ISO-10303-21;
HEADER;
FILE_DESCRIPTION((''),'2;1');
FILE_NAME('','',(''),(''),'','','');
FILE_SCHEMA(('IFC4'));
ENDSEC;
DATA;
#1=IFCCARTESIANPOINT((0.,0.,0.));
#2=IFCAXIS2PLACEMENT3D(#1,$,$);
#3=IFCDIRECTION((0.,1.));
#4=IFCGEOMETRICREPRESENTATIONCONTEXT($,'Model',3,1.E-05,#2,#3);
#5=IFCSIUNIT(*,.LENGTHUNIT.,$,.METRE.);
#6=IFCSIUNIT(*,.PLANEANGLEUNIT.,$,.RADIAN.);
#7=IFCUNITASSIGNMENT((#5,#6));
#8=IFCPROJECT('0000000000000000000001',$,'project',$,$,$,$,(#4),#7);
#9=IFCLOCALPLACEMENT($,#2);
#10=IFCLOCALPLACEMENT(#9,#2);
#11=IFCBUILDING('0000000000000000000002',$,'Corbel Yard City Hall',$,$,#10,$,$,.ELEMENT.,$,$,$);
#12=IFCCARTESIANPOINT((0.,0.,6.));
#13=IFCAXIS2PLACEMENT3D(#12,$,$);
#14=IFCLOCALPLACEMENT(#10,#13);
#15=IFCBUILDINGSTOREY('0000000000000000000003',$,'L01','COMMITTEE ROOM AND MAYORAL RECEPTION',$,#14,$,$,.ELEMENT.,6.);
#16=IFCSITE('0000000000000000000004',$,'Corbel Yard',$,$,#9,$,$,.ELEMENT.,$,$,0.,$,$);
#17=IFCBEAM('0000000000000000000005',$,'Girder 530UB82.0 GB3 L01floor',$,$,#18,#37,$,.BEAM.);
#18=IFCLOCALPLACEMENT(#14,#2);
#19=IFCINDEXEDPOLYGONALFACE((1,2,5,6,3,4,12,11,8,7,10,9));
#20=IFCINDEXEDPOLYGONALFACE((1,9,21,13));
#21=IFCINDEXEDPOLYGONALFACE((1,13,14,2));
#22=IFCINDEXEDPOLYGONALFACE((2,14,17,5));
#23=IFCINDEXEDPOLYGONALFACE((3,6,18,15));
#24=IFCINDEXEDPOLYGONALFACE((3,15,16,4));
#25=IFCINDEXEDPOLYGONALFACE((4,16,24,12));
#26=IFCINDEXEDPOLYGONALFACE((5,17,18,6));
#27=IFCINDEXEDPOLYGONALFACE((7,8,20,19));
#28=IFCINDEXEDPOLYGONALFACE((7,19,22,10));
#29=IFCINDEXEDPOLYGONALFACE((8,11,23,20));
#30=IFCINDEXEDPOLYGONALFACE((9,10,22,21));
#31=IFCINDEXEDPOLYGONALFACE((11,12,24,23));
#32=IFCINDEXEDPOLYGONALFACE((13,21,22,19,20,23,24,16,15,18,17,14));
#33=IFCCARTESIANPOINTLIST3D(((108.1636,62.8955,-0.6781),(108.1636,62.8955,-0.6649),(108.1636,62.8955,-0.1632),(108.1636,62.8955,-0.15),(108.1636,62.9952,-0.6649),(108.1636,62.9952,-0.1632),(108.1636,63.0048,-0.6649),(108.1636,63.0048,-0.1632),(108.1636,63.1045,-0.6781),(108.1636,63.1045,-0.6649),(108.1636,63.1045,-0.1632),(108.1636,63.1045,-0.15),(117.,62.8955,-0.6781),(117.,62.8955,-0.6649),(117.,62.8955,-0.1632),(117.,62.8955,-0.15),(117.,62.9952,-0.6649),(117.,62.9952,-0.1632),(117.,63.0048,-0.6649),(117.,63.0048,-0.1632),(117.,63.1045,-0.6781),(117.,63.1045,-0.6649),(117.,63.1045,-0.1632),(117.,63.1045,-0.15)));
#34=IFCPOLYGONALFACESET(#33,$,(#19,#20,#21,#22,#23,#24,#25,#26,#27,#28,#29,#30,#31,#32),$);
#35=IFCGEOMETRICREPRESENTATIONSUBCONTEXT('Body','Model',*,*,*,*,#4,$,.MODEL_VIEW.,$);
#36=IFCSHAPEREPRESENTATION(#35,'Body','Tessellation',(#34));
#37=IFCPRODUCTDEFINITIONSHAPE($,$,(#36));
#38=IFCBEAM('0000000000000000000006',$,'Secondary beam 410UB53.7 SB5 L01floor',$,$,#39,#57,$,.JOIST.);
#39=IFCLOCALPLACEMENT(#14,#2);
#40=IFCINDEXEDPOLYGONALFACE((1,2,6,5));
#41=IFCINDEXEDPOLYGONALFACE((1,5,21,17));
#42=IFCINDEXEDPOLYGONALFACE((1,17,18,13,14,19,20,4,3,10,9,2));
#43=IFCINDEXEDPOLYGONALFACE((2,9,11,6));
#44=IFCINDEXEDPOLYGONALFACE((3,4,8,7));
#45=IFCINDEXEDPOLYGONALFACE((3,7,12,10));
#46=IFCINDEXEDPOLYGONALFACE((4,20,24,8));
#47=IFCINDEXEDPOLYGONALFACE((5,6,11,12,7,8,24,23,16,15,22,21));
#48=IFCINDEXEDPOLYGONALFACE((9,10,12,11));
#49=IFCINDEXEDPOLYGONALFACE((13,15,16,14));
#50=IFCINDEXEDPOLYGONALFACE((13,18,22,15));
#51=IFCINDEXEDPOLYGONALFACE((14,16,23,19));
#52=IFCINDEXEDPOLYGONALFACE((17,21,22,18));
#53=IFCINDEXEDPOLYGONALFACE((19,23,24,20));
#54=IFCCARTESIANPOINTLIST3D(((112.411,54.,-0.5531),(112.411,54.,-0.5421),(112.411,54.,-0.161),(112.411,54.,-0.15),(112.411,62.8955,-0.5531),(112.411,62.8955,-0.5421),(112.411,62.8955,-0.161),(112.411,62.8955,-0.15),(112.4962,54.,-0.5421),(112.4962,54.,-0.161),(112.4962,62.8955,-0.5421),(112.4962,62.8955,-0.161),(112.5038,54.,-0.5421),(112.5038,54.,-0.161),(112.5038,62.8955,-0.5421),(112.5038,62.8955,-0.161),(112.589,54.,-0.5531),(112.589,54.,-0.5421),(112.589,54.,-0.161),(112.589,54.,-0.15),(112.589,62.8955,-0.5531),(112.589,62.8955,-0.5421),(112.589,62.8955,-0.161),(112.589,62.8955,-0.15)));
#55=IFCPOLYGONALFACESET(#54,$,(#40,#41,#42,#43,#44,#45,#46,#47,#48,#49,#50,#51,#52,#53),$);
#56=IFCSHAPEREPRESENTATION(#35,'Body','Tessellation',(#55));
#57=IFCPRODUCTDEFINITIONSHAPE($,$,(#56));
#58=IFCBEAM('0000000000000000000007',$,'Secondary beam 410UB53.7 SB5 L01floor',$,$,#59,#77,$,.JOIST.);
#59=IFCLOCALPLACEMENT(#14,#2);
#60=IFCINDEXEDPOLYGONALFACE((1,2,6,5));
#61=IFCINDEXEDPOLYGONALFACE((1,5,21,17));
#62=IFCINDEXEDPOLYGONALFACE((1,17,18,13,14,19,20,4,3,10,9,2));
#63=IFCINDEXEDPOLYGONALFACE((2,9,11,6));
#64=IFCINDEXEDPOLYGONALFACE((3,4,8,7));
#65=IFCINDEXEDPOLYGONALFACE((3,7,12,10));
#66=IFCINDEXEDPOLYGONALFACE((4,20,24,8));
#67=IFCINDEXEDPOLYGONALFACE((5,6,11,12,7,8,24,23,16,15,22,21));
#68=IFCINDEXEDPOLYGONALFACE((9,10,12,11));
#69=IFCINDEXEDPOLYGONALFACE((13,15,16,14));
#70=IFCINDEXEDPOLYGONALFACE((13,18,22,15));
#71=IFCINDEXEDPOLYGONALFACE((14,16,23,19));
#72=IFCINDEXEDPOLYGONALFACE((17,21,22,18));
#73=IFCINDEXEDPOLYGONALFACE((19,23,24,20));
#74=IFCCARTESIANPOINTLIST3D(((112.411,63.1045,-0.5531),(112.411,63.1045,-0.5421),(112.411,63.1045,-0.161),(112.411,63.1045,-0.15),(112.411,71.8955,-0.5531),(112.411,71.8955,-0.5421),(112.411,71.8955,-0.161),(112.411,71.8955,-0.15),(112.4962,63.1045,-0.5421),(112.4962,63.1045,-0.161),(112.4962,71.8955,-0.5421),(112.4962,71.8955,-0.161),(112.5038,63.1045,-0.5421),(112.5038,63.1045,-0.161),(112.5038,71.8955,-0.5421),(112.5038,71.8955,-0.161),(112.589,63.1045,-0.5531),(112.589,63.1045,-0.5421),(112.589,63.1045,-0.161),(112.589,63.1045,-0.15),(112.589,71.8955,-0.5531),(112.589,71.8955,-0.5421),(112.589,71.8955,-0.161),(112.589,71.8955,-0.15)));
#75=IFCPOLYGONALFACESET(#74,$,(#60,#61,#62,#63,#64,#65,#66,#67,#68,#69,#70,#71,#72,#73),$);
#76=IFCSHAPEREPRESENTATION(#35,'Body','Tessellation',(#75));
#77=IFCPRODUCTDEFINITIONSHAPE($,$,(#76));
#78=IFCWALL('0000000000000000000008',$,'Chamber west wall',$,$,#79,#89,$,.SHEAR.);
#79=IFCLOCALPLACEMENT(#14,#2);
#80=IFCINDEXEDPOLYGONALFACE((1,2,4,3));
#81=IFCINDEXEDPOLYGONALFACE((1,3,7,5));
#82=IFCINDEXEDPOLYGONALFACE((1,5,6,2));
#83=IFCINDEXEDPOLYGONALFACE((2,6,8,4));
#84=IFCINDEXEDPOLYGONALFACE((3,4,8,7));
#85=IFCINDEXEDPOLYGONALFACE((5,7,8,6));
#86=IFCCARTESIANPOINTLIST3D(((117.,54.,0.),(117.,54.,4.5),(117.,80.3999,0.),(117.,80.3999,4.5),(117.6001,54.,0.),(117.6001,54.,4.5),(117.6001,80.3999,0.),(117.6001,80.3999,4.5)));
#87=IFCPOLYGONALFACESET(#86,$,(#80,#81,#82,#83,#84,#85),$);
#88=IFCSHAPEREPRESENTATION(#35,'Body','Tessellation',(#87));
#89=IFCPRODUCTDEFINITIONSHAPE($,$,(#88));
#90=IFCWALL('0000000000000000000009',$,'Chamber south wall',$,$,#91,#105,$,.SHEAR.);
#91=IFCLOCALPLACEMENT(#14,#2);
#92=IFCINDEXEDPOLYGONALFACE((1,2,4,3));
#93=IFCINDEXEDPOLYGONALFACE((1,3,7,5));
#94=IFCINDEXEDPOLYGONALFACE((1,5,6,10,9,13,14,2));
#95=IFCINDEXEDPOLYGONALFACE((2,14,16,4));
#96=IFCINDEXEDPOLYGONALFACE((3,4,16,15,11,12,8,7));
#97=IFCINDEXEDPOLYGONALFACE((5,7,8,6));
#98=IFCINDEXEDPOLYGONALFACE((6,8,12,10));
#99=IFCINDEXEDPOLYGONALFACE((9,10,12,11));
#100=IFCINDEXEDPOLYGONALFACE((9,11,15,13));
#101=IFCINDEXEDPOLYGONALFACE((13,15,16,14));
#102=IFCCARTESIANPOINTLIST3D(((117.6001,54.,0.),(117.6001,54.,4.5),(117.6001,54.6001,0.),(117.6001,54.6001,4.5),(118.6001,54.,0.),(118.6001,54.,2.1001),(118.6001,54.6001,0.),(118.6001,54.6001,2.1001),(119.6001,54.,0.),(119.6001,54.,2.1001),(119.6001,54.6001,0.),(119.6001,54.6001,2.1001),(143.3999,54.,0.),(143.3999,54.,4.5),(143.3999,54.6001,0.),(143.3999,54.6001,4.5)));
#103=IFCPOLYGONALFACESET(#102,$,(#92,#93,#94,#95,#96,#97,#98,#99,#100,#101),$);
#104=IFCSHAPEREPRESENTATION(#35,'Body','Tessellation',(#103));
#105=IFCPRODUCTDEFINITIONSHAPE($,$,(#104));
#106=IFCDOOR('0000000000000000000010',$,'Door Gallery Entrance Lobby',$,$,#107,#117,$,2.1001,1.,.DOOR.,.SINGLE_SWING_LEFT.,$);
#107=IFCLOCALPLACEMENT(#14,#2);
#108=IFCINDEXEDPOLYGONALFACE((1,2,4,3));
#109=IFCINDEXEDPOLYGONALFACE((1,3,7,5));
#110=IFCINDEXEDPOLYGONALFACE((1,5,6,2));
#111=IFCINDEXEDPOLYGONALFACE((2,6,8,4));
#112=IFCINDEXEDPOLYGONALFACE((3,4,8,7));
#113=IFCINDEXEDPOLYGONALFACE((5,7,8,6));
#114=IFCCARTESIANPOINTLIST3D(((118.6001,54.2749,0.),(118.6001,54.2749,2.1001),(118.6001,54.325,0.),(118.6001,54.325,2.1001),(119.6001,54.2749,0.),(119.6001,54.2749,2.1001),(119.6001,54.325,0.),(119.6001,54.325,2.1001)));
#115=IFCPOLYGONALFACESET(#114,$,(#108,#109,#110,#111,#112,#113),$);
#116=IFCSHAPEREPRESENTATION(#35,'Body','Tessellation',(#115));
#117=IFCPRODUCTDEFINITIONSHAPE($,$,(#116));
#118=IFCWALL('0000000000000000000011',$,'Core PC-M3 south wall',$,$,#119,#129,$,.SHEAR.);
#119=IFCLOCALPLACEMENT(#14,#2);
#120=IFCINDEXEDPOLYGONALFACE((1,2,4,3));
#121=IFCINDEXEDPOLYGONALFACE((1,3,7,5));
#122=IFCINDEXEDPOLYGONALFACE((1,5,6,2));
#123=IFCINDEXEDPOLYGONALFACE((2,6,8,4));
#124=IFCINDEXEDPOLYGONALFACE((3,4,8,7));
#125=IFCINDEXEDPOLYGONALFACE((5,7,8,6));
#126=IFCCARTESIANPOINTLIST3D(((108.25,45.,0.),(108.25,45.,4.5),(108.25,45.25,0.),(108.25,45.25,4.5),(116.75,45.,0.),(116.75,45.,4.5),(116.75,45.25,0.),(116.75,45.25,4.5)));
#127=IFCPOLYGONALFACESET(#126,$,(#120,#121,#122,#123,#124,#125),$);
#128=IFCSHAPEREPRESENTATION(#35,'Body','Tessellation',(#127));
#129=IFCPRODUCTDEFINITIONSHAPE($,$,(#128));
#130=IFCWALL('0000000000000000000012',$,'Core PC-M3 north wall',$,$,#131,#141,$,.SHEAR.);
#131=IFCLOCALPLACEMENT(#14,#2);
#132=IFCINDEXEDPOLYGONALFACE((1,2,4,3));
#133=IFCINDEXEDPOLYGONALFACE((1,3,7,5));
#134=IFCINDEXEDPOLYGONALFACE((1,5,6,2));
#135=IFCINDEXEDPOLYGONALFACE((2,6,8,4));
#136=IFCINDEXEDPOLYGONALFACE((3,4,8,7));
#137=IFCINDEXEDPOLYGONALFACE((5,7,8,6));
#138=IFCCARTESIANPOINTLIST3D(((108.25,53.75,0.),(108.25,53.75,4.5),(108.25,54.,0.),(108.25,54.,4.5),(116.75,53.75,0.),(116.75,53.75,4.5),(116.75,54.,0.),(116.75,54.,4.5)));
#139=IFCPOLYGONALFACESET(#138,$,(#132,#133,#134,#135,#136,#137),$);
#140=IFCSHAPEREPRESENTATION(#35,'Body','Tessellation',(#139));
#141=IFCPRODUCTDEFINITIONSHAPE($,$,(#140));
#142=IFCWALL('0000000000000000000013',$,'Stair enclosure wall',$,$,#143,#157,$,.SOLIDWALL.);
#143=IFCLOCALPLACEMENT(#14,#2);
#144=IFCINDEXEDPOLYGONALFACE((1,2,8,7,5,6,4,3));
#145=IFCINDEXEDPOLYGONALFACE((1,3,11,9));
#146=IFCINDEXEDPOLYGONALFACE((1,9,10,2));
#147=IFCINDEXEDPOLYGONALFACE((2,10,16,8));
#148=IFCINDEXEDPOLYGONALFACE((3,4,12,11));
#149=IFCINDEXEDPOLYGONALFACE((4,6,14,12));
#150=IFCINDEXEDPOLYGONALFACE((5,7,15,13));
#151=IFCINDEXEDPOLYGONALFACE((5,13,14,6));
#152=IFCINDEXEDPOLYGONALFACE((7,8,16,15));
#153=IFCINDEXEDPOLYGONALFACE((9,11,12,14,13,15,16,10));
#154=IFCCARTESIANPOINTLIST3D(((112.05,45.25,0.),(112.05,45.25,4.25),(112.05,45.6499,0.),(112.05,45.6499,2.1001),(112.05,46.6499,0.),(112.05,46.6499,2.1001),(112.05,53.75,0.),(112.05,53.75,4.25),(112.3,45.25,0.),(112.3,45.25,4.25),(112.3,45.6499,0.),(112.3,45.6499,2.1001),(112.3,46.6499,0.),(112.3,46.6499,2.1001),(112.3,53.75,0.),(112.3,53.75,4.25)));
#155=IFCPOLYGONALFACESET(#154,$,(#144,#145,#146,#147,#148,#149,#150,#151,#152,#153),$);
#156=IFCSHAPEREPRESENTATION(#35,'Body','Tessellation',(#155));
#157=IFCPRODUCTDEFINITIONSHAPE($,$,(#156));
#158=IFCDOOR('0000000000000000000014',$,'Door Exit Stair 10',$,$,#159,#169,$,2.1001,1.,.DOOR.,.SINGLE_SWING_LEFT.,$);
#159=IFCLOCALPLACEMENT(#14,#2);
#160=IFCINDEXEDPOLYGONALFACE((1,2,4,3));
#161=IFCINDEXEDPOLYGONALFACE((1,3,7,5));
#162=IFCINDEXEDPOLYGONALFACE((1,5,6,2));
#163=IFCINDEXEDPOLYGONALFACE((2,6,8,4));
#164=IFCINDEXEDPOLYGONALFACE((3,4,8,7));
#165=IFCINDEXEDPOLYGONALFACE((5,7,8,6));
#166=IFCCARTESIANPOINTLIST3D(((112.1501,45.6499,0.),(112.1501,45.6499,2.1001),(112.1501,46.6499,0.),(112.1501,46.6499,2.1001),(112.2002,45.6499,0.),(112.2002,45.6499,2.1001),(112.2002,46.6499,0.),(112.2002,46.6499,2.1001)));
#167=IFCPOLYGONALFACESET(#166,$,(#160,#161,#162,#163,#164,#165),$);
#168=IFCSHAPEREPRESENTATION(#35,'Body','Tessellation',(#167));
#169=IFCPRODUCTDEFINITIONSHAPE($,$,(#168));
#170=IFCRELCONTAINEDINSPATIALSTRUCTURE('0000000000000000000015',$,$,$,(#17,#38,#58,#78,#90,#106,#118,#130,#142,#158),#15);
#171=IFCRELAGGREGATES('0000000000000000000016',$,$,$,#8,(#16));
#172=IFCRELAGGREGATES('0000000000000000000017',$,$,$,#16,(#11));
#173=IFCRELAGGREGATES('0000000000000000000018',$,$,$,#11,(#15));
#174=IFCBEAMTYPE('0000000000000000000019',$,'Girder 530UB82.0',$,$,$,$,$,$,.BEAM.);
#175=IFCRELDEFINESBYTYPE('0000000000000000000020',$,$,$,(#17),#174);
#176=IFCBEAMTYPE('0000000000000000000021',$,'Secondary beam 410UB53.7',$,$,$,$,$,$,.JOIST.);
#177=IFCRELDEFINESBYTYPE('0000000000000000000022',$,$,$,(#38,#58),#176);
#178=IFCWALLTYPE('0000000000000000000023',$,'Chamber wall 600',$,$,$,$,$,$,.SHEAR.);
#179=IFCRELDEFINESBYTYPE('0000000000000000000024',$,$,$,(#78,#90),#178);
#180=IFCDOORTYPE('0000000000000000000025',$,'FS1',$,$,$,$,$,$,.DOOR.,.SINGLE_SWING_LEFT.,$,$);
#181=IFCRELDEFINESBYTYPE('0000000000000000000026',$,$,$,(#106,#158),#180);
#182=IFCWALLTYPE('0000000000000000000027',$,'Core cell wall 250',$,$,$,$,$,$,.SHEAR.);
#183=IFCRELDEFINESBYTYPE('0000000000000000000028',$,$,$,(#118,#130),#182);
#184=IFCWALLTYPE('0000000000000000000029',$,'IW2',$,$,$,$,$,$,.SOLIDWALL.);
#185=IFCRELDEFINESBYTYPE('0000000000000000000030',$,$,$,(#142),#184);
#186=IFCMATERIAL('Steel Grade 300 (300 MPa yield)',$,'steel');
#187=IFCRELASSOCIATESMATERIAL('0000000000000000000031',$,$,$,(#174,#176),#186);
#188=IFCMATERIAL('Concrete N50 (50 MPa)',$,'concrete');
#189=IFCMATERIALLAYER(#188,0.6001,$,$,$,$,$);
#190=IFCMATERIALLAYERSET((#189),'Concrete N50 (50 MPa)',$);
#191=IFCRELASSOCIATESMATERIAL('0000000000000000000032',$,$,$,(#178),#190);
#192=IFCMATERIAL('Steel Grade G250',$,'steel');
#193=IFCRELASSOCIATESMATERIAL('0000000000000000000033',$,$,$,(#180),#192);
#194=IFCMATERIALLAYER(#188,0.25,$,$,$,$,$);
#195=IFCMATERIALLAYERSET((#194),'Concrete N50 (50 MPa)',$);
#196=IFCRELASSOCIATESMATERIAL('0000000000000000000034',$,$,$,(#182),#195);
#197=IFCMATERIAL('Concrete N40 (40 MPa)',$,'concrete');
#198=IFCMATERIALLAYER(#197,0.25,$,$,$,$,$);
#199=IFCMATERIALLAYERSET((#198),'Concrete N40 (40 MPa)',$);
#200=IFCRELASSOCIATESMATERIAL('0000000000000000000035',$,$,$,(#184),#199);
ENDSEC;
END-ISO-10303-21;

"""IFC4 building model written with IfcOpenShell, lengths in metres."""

from ifc_helpers import new_model, si_unit, direction, frame, frame_2d, origin, origin_2d, place, context, subcontext, project, spatial, rectangle, i_section, extrude, material, layer, layer_set, material_profile, profile_set, type_object, element, fill, save


model = new_model("IFC4")

# Units and contexts
model_context = context("Model", 3, precision=1e-05, world=origin(), true_north=direction((0.0, 1.0)))
body_context = subcontext(model_context, "Body", "Model", "MODEL_VIEW")
ifc_project = project(units=[si_unit("LENGTHUNIT", "METRE"), si_unit("PLANEANGLEUNIT", "RADIAN")], contexts=[model_context])

# Site, building, storey
site_placement = place(None, origin())
site = spatial("IfcSite", under=ifc_project, at=site_placement, Name="Corbel Yard", CompositionType="ELEMENT", RefElevation=0.0)
building_placement = place(site_placement, origin())
building = spatial("IfcBuilding", under=site, at=building_placement, Name="Corbel Yard City Hall", CompositionType="ELEMENT")
storey_placement = place(building_placement, frame((0.0, 0.0, 6.0)))
storey = spatial("IfcBuildingStorey", under=building, at=storey_placement, Name="L01", Description="COMMITTEE ROOM AND MAYORAL RECEPTION", CompositionType="ELEMENT", Elevation=6.0)

# Shared definitions
ifc_material_1 = material(Name="Concrete N50 (50 MPa)", Category="concrete")
ifc_material_2 = material(Name="Steel Grade 300 (300 MPa yield)", Category="steel")

# Beams
ifc_material_3 = material(Name="Concrete N40 (40 MPa)", Category="concrete")
ifc_material_profile_1 = material_profile(ifc_material_2, i_section(OverallWidth=0.209, OverallDepth=0.5281, WebThickness=0.0095, FlangeThickness=0.0132, at=origin_2d()), Name="530UB82.0")
ifc_profile_set_1 = profile_set([ifc_material_profile_1], Name="Steel Grade 300 (300 MPa yield)")
beam_type_1 = type_object("IfcBeamType", Name="Girder 530UB82.0", PredefinedType="BEAM", material=ifc_profile_set_1)
beam_1_placement = place(storey_placement, frame((108.1636, 63.0, -0.4141), z_axis=(1.0, 0.0, 0.0), x_axis=(0.0, 1.0, 0.0)))
element("IfcBeam", 1, at=beam_1_placement, inside=storey, type_object=beam_type_1, Name="Girder 530UB82.0 GB3 L01floor", PredefinedType="BEAM", context=body_context, shape_type="SweptSolid", body=[
    extrude(i_section(OverallWidth=0.209, OverallDepth=0.5281, WebThickness=0.0095, FlangeThickness=0.0132, at=origin_2d()), origin(), (0.0, 0.0, 1.0), 8.8364),
])
ifc_material_profile_2 = material_profile(ifc_material_2, i_section(OverallWidth=0.178, OverallDepth=0.4031, WebThickness=0.0076, FlangeThickness=0.011, at=origin_2d()), Name="410UB53.7")
ifc_profile_set_2 = profile_set([ifc_material_profile_2], Name="Steel Grade 300 (300 MPa yield)")
beam_type_2 = type_object("IfcBeamType", Name="Secondary beam 410UB53.7", PredefinedType="JOIST", material=ifc_profile_set_2)
beam_2_placement = place(storey_placement, frame((112.5, 54.0, -0.3516), z_axis=(0.0, 1.0, 0.0), x_axis=(-1.0, 0.0, 0.0)))
element("IfcBeam", 2, at=beam_2_placement, inside=storey, type_object=beam_type_2, Name="Secondary beam 410UB53.7 SB5 L01floor", PredefinedType="JOIST", context=body_context, shape_type="SweptSolid", body=[
    extrude(i_section(OverallWidth=0.178, OverallDepth=0.4031, WebThickness=0.0076, FlangeThickness=0.011, at=origin_2d()), origin(), (0.0, 0.0, 1.0), 8.8955),
])
beam_3_placement = place(storey_placement, frame((112.5, 63.1045, -0.3516), z_axis=(0.0, 1.0, 0.0), x_axis=(-1.0, 0.0, 0.0)))
element("IfcBeam", 3, at=beam_3_placement, inside=storey, type_object=beam_type_2, Name="Secondary beam 410UB53.7 SB5 L01floor", PredefinedType="JOIST", context=body_context, shape_type="SweptSolid", body=[
    extrude(i_section(OverallWidth=0.178, OverallDepth=0.4031, WebThickness=0.0076, FlangeThickness=0.011, at=origin_2d()), origin(), (0.0, 0.0, 1.0), 8.791),
])

# Wall
ifc_layer_1 = layer(ifc_material_1, 0.6001)
ifc_layer_set_1 = layer_set([ifc_layer_1], Name="Concrete N50 (50 MPa)")
wall_type_1 = type_object("IfcWallType", Name="Chamber wall 600", PredefinedType="SHEAR", material=ifc_layer_set_1)
wall_1_placement = place(storey_placement, frame((117.3, 54.0, 0.0), z_axis=(0.0, 0.0, 1.0), x_axis=(0.0, 1.0, 0.0)))
element("IfcWall", 4, at=wall_1_placement, inside=storey, type_object=wall_type_1, Name="Chamber west wall", PredefinedType="SHEAR", context=body_context, shape_type="SweptSolid", body=[
    extrude(rectangle(XDim=26.3999, YDim=0.6001, at=frame_2d((13.2, 0.0))), origin(), (0.0, 0.0, 1.0), 4.5),
])

# Wall, opening, door
wall_2_placement = place(storey_placement, frame((117.6001, 54.3, 0.0), z_axis=(0.0, 0.0, 1.0), x_axis=(1.0, 0.0, 0.0)))
wall_2 = element("IfcWall", 5, at=wall_2_placement, inside=storey, type_object=wall_type_1, Name="Chamber south wall", PredefinedType="SHEAR", context=body_context, shape_type="SweptSolid", body=[
    extrude(rectangle(XDim=25.7998, YDim=0.6001, at=frame_2d((12.8999, 0.0))), origin(), (0.0, 0.0, 1.0), 4.5),
])
opening_1_placement = place(wall_2_placement, frame((1.0, 0.0, 0.0)))
opening_1 = element("IfcOpeningElement", 6, at=opening_1_placement, cuts=wall_2, PredefinedType="OPENING", context=body_context, shape_type="SweptSolid", body=[
    extrude(rectangle(XDim=1.0, YDim=2.1001, at=frame_2d((0.5, 1.05))), frame((0.0, 0.3101, 0.0), z_axis=(0.0, -1.0, 0.0), x_axis=(1.0, 0.0, 0.0)), (0.0, 0.0, 1.0), 0.6201),
])
ifc_material_4 = material(Name="Steel Grade G250", Category="steel")
door_type_1 = type_object("IfcDoorType", Name="FS1", OperationType="SINGLE_SWING_LEFT", PredefinedType="DOOR", material=ifc_material_4)
door_1_placement = place(opening_1_placement, origin())
door_1 = element("IfcDoor", 7, at=door_1_placement, inside=storey, type_object=door_type_1, Name="Door Gallery Entrance Lobby", OperationType="SINGLE_SWING_LEFT", OverallHeight=2.1001, OverallWidth=1.0, PredefinedType="DOOR", context=body_context, shape_type="SweptSolid", body=[
    extrude(rectangle(XDim=1.0, YDim=2.1001, at=frame_2d((0.5, 1.05))), frame((0.0, 0.0249, 0.0), z_axis=(0.0, -1.0, 0.0), x_axis=(1.0, 0.0, 0.0)), (0.0, 0.0, 1.0), 0.05),
])
fill(opening_1, door_1)

# Walls
ifc_layer_2 = layer(ifc_material_1, 0.25)
ifc_layer_set_2 = layer_set([ifc_layer_2], Name="Concrete N50 (50 MPa)")
wall_type_2 = type_object("IfcWallType", Name="Core cell wall 250", PredefinedType="SHEAR", material=ifc_layer_set_2)
for number, where, z_axis, x_axis, name in (
    (8, (108.25, 45.125, 0.0), (0.0, 0.0, 1.0), (1.0, 0.0, 0.0), "Core PC-M3 south wall"),
    (9, (108.25, 53.875, 0.0), (0.0, 0.0, 1.0), (1.0, 0.0, 0.0), "Core PC-M3 north wall"),
):
    element("IfcWall", number, at=place(storey_placement, frame(where, z_axis=z_axis, x_axis=x_axis)), inside=storey, type_object=wall_type_2, Name=name, PredefinedType="SHEAR", context=body_context, shape_type="SweptSolid", body=[
        extrude(rectangle(XDim=8.5, YDim=0.25, at=frame_2d((4.25, 0.0))), origin(), (0.0, 0.0, 1.0), 4.5),
    ])

# Wall, opening, door
ifc_layer_3 = layer(ifc_material_3, 0.25)
ifc_layer_set_3 = layer_set([ifc_layer_3], Name="Concrete N40 (40 MPa)")
wall_type_3 = type_object("IfcWallType", Name="IW2", PredefinedType="SOLIDWALL", material=ifc_layer_set_3)
wall_3_placement = place(storey_placement, frame((112.175, 45.25, 0.0), z_axis=(0.0, 0.0, 1.0), x_axis=(0.0, 1.0, 0.0)))
wall_3 = element("IfcWall", 10, at=wall_3_placement, inside=storey, type_object=wall_type_3, Name="Stair enclosure wall", PredefinedType="SOLIDWALL", context=body_context, shape_type="SweptSolid", body=[
    extrude(rectangle(XDim=8.5, YDim=0.25, at=frame_2d((4.25, 0.0))), origin(), (0.0, 0.0, 1.0), 4.25),
])
opening_2_placement = place(wall_3_placement, frame((0.3999, 0.0, 0.0)))
opening_2 = element("IfcOpeningElement", 11, at=opening_2_placement, cuts=wall_3, PredefinedType="OPENING", context=body_context, shape_type="SweptSolid", body=[
    extrude(rectangle(XDim=1.0, YDim=2.1001, at=frame_2d((0.5, 1.05))), frame((0.0, 0.135, 0.0), z_axis=(0.0, -1.0, 0.0), x_axis=(1.0, 0.0, 0.0)), (0.0, 0.0, 1.0), 0.27),
])
door_2_placement = place(opening_2_placement, origin())
door_2 = element("IfcDoor", 12, at=door_2_placement, inside=storey, type_object=door_type_1, Name="Door Exit Stair 10", OperationType="SINGLE_SWING_LEFT", OverallHeight=2.1001, OverallWidth=1.0, PredefinedType="DOOR", context=body_context, shape_type="SweptSolid", body=[
    extrude(rectangle(XDim=1.0, YDim=2.1001, at=frame_2d((0.5, 1.05))), frame((0.0, 0.0249, 0.0), z_axis=(0.0, -1.0, 0.0), x_axis=(1.0, 0.0, 0.0)), (0.0, 0.0, 1.0), 0.05),
])
fill(opening_2, door_2)

save(model, "model.ifc")
